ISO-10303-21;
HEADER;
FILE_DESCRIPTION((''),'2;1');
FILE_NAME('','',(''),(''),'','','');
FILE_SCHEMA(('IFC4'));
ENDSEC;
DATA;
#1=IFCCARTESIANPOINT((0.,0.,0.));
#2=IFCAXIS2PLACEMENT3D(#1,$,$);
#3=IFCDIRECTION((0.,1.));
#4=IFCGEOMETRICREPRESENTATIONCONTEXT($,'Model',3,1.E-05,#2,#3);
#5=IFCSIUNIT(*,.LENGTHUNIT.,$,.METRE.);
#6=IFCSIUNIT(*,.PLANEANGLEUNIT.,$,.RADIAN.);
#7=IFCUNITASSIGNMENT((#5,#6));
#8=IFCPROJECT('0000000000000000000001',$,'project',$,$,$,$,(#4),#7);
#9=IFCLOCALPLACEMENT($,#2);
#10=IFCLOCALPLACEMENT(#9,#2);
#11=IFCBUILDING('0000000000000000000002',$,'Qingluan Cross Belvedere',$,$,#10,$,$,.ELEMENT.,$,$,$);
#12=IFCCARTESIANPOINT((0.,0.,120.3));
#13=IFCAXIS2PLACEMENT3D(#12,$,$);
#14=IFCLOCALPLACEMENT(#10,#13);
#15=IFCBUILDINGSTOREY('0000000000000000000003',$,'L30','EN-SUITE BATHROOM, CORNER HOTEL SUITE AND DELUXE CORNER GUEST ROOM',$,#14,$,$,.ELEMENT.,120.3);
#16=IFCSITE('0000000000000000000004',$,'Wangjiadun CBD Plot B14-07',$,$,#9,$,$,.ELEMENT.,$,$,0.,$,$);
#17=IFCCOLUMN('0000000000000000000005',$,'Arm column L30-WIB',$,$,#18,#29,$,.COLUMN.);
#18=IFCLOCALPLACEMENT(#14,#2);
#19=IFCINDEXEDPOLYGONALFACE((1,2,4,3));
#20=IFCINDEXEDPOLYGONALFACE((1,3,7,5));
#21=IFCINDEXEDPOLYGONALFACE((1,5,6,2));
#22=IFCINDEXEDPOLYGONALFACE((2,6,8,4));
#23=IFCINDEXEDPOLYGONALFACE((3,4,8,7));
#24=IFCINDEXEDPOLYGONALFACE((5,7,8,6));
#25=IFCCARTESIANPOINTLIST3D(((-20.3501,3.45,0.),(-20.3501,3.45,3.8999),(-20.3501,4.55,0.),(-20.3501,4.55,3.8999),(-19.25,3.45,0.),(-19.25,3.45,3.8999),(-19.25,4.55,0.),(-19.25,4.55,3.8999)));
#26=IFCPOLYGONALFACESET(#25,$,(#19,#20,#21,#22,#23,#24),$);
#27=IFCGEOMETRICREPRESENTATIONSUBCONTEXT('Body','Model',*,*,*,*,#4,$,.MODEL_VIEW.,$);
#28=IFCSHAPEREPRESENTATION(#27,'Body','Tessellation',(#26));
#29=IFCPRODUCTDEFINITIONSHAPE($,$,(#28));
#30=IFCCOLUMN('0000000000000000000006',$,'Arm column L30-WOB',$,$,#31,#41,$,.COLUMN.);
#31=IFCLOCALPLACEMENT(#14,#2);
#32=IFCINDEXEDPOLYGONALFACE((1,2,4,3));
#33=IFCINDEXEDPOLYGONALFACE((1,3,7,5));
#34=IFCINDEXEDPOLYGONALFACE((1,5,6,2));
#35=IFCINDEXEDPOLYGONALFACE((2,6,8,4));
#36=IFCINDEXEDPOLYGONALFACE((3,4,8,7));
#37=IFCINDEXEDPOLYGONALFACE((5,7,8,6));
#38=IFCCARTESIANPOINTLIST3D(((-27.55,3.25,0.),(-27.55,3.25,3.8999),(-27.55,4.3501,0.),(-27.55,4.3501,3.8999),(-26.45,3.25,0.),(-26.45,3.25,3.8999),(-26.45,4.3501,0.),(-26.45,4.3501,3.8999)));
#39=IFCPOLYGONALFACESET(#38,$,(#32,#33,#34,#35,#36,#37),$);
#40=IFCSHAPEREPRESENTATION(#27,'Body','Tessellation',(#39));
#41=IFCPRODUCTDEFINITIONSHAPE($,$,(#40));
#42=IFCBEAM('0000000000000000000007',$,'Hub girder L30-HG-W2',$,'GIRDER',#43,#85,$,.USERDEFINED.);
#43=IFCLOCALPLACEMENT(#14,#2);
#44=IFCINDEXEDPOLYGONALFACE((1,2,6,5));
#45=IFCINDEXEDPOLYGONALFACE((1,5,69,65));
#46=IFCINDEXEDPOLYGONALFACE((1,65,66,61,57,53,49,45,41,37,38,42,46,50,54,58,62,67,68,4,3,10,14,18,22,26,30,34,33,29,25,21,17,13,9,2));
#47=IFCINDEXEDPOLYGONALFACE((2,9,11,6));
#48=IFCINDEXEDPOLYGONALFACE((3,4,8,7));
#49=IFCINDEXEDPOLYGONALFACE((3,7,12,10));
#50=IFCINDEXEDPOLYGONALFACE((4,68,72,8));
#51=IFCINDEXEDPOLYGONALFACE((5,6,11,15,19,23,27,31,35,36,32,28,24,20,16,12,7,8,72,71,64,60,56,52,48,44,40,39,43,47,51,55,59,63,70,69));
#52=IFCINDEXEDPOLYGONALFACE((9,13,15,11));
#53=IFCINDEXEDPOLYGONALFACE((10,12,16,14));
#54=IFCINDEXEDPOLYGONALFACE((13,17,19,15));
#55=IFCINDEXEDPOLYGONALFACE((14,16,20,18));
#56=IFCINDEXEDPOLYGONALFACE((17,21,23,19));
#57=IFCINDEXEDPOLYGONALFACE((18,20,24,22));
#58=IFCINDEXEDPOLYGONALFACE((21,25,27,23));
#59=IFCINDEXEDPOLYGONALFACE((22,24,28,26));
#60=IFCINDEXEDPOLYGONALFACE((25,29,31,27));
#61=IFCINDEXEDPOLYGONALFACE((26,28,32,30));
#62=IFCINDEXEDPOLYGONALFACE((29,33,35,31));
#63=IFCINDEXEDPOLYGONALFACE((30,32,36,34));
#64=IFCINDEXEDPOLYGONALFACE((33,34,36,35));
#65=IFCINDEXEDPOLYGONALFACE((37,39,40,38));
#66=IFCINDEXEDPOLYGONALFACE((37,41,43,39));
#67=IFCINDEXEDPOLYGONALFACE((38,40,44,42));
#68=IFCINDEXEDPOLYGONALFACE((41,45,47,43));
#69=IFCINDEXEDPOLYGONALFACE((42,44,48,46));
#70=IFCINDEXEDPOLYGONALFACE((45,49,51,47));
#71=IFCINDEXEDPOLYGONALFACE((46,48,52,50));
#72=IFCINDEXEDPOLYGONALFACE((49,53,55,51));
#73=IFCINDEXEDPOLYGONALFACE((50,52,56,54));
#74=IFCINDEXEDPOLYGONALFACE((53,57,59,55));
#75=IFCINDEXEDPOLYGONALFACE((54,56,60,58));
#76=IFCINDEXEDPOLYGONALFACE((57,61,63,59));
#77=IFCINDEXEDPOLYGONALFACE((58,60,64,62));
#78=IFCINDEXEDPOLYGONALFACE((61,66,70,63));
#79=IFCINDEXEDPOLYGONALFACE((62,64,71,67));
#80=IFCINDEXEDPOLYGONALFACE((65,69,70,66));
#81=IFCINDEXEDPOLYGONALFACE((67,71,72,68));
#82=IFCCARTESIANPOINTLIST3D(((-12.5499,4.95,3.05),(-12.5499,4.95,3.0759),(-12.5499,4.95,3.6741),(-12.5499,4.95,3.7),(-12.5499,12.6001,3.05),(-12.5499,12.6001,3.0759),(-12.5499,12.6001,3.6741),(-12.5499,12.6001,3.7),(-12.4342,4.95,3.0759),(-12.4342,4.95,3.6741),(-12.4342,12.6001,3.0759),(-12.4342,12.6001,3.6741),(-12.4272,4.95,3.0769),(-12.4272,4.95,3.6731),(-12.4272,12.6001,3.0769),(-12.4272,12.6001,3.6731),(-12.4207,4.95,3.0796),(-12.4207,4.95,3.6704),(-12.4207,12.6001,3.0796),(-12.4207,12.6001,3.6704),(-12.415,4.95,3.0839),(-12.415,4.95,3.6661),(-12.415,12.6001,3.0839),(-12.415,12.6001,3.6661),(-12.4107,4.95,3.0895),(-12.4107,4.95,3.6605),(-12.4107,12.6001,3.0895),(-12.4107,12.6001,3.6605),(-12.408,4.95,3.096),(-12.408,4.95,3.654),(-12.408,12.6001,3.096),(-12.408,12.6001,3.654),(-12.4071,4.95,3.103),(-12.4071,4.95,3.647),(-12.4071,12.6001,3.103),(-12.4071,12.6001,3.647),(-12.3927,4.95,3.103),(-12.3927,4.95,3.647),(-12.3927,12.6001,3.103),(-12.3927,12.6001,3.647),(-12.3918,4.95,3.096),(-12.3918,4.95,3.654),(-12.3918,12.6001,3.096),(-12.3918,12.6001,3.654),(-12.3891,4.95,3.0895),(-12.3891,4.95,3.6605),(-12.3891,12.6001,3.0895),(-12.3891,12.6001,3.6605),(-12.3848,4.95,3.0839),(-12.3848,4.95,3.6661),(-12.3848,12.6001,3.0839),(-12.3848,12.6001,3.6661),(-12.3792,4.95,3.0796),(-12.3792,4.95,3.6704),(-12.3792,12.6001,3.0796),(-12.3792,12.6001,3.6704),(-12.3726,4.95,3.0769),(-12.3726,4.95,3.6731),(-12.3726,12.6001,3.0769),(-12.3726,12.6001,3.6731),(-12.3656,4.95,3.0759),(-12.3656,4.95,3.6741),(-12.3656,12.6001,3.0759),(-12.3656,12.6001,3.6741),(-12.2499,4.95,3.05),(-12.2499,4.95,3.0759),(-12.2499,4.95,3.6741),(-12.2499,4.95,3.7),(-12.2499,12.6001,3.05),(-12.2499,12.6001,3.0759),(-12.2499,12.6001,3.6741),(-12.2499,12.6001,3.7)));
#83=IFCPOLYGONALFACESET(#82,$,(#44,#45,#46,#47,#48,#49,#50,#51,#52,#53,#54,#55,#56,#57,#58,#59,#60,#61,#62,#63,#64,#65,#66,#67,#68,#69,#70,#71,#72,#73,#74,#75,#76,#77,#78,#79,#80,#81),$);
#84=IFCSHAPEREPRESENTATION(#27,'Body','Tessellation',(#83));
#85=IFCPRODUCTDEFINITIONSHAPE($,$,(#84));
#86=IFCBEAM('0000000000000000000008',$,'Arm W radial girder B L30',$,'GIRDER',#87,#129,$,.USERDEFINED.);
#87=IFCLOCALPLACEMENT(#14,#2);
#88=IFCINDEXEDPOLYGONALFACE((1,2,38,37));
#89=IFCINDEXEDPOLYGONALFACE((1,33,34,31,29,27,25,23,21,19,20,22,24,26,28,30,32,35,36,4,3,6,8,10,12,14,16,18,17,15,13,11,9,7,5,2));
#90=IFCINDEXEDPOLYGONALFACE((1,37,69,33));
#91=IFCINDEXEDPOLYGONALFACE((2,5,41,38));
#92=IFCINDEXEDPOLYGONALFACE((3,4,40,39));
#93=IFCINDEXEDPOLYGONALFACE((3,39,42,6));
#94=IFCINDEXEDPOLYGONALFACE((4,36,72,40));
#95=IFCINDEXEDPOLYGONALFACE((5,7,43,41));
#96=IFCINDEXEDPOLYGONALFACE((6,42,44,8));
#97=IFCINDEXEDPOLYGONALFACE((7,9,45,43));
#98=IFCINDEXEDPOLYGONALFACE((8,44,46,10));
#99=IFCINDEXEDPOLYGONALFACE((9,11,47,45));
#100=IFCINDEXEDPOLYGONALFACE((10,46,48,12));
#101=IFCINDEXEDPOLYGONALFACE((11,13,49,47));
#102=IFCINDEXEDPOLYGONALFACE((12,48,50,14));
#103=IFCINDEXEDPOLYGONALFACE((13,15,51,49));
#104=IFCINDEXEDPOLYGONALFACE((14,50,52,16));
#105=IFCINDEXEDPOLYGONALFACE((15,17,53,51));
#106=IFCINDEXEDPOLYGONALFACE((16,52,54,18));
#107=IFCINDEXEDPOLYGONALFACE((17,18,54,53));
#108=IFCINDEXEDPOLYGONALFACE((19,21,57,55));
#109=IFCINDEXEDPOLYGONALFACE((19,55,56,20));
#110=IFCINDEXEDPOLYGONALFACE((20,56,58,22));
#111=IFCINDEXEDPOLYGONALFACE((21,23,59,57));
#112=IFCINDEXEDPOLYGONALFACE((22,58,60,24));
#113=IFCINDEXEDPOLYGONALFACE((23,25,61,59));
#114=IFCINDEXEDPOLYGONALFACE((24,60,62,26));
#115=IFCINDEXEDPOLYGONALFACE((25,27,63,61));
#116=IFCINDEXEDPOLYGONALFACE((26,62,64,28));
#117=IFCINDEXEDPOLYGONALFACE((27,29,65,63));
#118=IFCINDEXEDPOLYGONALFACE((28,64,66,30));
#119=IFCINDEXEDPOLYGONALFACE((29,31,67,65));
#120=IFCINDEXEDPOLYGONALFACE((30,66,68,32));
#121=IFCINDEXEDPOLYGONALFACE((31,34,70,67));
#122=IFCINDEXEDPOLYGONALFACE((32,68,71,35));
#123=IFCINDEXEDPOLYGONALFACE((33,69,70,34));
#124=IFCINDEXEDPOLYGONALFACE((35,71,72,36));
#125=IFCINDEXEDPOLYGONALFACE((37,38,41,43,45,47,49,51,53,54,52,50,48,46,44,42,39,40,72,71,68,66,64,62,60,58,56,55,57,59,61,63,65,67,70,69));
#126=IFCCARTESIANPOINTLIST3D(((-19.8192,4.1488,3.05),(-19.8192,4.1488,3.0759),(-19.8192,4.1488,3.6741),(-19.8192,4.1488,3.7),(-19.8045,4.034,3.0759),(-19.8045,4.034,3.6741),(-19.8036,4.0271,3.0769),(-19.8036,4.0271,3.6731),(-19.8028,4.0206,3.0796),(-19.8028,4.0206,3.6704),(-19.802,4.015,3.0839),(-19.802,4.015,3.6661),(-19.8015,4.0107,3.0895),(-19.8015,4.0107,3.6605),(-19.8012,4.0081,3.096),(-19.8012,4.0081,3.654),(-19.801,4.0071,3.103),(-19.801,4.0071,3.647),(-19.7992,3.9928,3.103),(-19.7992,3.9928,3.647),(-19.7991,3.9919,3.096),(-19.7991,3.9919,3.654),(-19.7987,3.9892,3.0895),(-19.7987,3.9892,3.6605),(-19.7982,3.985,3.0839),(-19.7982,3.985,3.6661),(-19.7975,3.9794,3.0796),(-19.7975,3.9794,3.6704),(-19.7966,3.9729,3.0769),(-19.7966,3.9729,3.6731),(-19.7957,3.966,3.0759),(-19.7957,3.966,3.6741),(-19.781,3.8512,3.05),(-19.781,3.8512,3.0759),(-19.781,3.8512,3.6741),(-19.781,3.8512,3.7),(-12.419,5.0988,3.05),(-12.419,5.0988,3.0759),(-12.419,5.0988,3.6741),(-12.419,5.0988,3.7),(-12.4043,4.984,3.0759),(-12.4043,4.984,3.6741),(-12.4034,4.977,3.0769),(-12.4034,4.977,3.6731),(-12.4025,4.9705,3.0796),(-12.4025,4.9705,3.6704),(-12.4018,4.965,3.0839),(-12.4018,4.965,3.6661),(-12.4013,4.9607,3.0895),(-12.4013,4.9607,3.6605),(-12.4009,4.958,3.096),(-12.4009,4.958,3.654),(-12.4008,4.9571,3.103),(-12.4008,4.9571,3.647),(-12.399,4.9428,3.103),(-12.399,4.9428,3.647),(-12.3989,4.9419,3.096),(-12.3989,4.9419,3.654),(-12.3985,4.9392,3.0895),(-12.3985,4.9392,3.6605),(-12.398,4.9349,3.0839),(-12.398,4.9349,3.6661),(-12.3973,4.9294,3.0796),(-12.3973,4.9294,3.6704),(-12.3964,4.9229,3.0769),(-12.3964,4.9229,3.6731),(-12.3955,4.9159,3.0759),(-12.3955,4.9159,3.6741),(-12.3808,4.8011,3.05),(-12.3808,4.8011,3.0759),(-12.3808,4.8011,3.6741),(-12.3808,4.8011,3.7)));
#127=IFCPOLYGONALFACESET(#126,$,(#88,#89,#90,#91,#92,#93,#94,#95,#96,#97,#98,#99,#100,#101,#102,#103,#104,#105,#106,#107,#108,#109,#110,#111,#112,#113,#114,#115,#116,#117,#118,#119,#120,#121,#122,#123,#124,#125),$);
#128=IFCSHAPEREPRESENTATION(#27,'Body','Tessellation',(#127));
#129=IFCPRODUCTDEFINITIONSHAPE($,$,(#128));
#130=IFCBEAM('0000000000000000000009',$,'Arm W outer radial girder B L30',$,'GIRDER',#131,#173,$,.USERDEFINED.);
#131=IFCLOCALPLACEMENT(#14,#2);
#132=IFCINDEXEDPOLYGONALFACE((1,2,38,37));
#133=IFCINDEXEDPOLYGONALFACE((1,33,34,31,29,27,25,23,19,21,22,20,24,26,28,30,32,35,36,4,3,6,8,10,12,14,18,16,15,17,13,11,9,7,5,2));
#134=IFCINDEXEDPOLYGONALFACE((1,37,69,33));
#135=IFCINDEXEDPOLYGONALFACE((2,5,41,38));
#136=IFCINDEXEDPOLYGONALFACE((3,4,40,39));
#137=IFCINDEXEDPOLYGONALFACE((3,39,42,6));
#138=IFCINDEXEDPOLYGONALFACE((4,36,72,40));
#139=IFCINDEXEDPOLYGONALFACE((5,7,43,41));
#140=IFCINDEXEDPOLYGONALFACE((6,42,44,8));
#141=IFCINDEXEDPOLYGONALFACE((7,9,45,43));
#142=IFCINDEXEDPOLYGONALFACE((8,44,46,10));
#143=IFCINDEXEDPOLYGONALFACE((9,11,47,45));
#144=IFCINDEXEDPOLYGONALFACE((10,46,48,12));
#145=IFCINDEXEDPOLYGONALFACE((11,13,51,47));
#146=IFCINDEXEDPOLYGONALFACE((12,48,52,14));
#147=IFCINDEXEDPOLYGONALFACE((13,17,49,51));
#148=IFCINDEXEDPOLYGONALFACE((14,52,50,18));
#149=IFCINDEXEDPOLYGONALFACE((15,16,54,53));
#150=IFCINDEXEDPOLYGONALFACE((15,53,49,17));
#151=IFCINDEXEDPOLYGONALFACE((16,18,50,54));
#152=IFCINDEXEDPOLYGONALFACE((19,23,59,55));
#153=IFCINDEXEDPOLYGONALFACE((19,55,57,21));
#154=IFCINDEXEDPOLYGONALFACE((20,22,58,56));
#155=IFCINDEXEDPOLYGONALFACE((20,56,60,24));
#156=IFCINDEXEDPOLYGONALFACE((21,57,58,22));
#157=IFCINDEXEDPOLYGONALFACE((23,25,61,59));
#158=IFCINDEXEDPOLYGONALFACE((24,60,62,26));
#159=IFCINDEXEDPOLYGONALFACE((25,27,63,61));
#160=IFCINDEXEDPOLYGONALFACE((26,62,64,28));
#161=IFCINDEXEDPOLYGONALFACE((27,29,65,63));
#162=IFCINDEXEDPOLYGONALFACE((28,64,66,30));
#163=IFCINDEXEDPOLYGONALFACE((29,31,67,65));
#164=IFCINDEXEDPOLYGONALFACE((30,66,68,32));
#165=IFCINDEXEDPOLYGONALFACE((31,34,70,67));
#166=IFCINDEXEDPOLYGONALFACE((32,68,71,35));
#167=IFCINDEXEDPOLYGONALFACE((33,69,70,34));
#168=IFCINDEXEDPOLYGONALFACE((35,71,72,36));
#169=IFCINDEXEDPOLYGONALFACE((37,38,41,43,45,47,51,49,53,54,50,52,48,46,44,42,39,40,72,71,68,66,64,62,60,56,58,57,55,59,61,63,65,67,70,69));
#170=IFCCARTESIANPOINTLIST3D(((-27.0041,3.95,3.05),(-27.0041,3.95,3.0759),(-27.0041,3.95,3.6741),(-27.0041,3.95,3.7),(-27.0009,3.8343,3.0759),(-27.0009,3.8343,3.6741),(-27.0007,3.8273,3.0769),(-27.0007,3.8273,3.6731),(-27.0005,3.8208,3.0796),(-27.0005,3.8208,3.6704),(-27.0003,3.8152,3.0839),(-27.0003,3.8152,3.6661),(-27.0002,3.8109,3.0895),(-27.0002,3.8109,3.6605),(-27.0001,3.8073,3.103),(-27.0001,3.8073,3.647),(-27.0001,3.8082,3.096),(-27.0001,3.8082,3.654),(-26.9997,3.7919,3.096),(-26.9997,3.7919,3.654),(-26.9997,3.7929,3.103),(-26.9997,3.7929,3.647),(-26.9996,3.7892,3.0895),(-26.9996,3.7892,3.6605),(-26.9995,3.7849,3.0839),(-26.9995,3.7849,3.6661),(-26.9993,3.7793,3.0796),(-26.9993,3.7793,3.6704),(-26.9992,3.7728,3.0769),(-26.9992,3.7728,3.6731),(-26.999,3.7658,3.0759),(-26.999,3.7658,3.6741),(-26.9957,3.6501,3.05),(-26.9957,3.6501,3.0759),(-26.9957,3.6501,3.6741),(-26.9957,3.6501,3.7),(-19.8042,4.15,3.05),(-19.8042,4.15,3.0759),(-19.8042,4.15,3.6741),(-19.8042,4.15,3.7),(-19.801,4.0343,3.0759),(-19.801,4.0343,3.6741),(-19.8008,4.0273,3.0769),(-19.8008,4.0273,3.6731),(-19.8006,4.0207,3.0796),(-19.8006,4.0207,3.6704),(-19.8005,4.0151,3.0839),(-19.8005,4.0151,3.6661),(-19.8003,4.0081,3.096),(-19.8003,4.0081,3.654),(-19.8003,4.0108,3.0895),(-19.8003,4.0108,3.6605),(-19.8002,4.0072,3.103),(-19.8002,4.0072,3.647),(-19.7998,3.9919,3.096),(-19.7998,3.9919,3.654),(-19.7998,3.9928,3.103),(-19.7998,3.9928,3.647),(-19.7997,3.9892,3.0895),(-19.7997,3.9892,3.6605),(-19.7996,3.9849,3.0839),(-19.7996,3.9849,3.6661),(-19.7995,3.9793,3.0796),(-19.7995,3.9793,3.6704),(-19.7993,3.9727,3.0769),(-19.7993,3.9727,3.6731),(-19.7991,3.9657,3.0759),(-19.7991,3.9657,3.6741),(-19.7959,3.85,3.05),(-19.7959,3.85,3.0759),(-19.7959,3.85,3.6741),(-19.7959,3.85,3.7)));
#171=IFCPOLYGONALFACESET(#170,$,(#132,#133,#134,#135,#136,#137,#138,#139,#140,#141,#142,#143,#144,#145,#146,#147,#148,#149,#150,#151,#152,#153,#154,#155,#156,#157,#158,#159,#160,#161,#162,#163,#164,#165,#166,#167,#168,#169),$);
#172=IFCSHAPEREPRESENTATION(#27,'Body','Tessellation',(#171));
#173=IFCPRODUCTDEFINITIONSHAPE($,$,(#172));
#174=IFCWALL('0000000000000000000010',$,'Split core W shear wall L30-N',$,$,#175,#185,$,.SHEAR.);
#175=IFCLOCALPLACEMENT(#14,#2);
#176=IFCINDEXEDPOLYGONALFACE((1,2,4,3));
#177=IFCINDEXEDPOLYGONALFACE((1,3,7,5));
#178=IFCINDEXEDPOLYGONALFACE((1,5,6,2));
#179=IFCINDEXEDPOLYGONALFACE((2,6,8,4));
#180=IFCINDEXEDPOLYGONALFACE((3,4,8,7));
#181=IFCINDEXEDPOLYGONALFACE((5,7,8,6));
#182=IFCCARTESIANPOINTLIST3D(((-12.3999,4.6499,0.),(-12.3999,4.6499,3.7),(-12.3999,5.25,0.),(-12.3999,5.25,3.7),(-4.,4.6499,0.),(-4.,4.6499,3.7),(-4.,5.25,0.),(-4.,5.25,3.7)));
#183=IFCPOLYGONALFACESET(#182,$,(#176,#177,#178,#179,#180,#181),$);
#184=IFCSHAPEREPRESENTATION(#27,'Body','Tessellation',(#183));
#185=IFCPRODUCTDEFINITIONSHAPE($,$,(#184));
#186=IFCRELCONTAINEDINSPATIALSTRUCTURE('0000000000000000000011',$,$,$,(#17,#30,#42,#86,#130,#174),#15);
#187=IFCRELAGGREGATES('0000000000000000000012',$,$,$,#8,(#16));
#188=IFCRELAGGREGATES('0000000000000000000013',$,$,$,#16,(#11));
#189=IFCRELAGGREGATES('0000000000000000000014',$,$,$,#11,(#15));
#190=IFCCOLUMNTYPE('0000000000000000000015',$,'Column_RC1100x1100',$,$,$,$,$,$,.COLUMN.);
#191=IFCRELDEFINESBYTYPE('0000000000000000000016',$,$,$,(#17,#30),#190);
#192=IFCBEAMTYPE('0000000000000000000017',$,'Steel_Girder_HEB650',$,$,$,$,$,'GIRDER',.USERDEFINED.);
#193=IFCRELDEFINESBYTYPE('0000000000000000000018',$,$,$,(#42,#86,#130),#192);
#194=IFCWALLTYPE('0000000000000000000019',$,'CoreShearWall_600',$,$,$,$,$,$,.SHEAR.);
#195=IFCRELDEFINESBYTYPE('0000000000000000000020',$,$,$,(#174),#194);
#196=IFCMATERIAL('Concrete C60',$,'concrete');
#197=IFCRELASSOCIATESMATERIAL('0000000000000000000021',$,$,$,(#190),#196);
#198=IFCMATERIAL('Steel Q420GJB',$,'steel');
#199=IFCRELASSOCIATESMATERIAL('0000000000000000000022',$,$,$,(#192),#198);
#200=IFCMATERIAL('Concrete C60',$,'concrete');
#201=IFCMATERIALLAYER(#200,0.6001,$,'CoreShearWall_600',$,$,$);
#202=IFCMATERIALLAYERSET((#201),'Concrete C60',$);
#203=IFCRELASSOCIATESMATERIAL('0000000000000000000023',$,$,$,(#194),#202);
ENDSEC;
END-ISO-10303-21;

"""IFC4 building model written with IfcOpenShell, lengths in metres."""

from ifc_helpers import new_model, si_unit, direction, frame, frame_2d, origin, origin_2d, place, context, subcontext, project, spatial, rectangle, i_section, extrude, material, layer, layer_set, material_profile, profile_set, type_object, element, save


model = new_model("IFC4")

# Units and contexts
model_context = context("Model", 3, precision=1e-05, world=origin(), true_north=direction((0.0, 1.0)))
body_context = subcontext(model_context, "Body", "Model", "MODEL_VIEW")
ifc_project = project(units=[si_unit("LENGTHUNIT", "METRE"), si_unit("PLANEANGLEUNIT", "RADIAN")], contexts=[model_context])

# Site, building, storey
site_placement = place(None, origin())
site = spatial("IfcSite", under=ifc_project, at=site_placement, Name="Wangjiadun CBD Plot B14-07", CompositionType="ELEMENT", RefElevation=0.0)
building_placement = place(site_placement, origin())
building = spatial("IfcBuilding", under=site, at=building_placement, Name="Qingluan Cross Belvedere", CompositionType="ELEMENT")
storey_placement = place(building_placement, frame((0.0, 0.0, 120.3)))
storey = spatial("IfcBuildingStorey", under=building, at=storey_placement, Name="L30", Description="EN-SUITE BATHROOM, CORNER HOTEL SUITE AND DELUXE CORNER GUEST ROOM", CompositionType="ELEMENT", Elevation=120.3)

# Columns
ifc_material_1 = material(Name="Concrete C60", Category="concrete")
ifc_material_profile_1 = material_profile(ifc_material_1, rectangle(XDim=1.1001, YDim=1.1001, at=origin_2d()), Name="RC1100x1100")
ifc_profile_set_1 = profile_set([ifc_material_profile_1], Name="Concrete C60")
column_type = type_object("IfcColumnType", Name="Column_RC1100x1100", PredefinedType="COLUMN", material=ifc_profile_set_1)
for number, where, z_axis, x_axis, name in (
    (1, (-19.8, 4.0, 0.0), (0.0, 0.0, 1.0), (1.0, 0.0, 0.0), "Arm column L30-WIB"),
    (2, (-27.0, 3.8, 0.0), (0.0, 0.0, 1.0), (1.0, 0.0, 0.0), "Arm column L30-WOB"),
):
    element("IfcColumn", number, at=place(storey_placement, frame(where, z_axis=z_axis, x_axis=x_axis)), inside=storey, type_object=column_type, Name=name, PredefinedType="COLUMN", context=body_context, shape_type="SweptSolid", body=[
        extrude(rectangle(XDim=1.1001, YDim=1.1001, at=origin_2d()), origin(), (0.0, 0.0, 1.0), 3.8999),
    ])

# Beams
ifc_material_2 = material(Name="Steel Q420GJB", Category="steel")
ifc_material_profile_2 = material_profile(ifc_material_2, i_section(OverallWidth=0.3, OverallDepth=0.6499, WebThickness=0.0144, FlangeThickness=0.0259, FilletRadius=0.0271, at=origin_2d()), Name="HEB650")
ifc_profile_set_2 = profile_set([ifc_material_profile_2], Name="Steel Q420GJB")
beam_type = type_object("IfcBeamType", Name="Steel_Girder_HEB650", ElementType="GIRDER", PredefinedType="USERDEFINED", material=ifc_profile_set_2)
beam_1_placement = place(storey_placement, frame((-12.3999, 4.95, 3.375), z_axis=(0.0, 1.0, 0.0), x_axis=(-1.0, 0.0, 0.0)))
element("IfcBeam", 3, at=beam_1_placement, inside=storey, type_object=beam_type, Name="Hub girder L30-HG-W2", ObjectType="GIRDER", PredefinedType="USERDEFINED", context=body_context, shape_type="SweptSolid", body=[
    extrude(i_section(OverallWidth=0.3, OverallDepth=0.6499, WebThickness=0.0144, FlangeThickness=0.0259, FilletRadius=0.0271, at=origin_2d()), origin(), (0.0, 0.0, 1.0), 7.6501),
])
beam_2_placement = place(storey_placement, frame((-12.3999, 4.95, 3.375), z_axis=(-0.991861, -0.127324, 0.0), x_axis=(0.127324, -0.991861, 0.0)))
element("IfcBeam", 4, at=beam_2_placement, inside=storey, type_object=beam_type, Name="Arm W radial girder B L30", ObjectType="GIRDER", PredefinedType="USERDEFINED", context=body_context, shape_type="SweptSolid", body=[
    extrude(i_section(OverallWidth=0.3, OverallDepth=0.6499, WebThickness=0.0144, FlangeThickness=0.0259, FilletRadius=0.0271, at=origin_2d()), origin(), (0.0, 0.0, 1.0), 7.4609),
])
beam_3_placement = place(storey_placement, frame((-19.8, 4.0, 3.375), z_axis=(-0.999615, -0.02776, 0.0), x_axis=(0.02776, -0.999615, 0.0)))
element("IfcBeam", 5, at=beam_3_placement, inside=storey, type_object=beam_type, Name="Arm W outer radial girder B L30", ObjectType="GIRDER", PredefinedType="USERDEFINED", context=body_context, shape_type="SweptSolid", body=[
    extrude(i_section(OverallWidth=0.3, OverallDepth=0.6499, WebThickness=0.0144, FlangeThickness=0.0259, FilletRadius=0.0271, at=origin_2d()), origin(), (0.0, 0.0, 1.0), 7.2026),
])

# Wall
ifc_material_3 = material(Name="Concrete C60", Category="concrete")
ifc_layer_1 = layer(ifc_material_3, 0.6001, Name="CoreShearWall_600")
ifc_layer_set_1 = layer_set([ifc_layer_1], Name="Concrete C60")
wall_type_1 = type_object("IfcWallType", Name="CoreShearWall_600", PredefinedType="SHEAR", material=ifc_layer_set_1)
wall_1_placement = place(storey_placement, frame((-12.3999, 4.95, 0.0), z_axis=(0.0, 0.0, 1.0), x_axis=(1.0, 0.0, 0.0)))
element("IfcWall", 6, at=wall_1_placement, inside=storey, type_object=wall_type_1, Name="Split core W shear wall L30-N", PredefinedType="SHEAR", context=body_context, shape_type="SweptSolid", body=[
    extrude(rectangle(XDim=8.3999, YDim=0.6001, at=frame_2d((4.2, 0.0))), origin(), (0.0, 0.0, 1.0), 3.7),
])

save(model, "model.ifc")
